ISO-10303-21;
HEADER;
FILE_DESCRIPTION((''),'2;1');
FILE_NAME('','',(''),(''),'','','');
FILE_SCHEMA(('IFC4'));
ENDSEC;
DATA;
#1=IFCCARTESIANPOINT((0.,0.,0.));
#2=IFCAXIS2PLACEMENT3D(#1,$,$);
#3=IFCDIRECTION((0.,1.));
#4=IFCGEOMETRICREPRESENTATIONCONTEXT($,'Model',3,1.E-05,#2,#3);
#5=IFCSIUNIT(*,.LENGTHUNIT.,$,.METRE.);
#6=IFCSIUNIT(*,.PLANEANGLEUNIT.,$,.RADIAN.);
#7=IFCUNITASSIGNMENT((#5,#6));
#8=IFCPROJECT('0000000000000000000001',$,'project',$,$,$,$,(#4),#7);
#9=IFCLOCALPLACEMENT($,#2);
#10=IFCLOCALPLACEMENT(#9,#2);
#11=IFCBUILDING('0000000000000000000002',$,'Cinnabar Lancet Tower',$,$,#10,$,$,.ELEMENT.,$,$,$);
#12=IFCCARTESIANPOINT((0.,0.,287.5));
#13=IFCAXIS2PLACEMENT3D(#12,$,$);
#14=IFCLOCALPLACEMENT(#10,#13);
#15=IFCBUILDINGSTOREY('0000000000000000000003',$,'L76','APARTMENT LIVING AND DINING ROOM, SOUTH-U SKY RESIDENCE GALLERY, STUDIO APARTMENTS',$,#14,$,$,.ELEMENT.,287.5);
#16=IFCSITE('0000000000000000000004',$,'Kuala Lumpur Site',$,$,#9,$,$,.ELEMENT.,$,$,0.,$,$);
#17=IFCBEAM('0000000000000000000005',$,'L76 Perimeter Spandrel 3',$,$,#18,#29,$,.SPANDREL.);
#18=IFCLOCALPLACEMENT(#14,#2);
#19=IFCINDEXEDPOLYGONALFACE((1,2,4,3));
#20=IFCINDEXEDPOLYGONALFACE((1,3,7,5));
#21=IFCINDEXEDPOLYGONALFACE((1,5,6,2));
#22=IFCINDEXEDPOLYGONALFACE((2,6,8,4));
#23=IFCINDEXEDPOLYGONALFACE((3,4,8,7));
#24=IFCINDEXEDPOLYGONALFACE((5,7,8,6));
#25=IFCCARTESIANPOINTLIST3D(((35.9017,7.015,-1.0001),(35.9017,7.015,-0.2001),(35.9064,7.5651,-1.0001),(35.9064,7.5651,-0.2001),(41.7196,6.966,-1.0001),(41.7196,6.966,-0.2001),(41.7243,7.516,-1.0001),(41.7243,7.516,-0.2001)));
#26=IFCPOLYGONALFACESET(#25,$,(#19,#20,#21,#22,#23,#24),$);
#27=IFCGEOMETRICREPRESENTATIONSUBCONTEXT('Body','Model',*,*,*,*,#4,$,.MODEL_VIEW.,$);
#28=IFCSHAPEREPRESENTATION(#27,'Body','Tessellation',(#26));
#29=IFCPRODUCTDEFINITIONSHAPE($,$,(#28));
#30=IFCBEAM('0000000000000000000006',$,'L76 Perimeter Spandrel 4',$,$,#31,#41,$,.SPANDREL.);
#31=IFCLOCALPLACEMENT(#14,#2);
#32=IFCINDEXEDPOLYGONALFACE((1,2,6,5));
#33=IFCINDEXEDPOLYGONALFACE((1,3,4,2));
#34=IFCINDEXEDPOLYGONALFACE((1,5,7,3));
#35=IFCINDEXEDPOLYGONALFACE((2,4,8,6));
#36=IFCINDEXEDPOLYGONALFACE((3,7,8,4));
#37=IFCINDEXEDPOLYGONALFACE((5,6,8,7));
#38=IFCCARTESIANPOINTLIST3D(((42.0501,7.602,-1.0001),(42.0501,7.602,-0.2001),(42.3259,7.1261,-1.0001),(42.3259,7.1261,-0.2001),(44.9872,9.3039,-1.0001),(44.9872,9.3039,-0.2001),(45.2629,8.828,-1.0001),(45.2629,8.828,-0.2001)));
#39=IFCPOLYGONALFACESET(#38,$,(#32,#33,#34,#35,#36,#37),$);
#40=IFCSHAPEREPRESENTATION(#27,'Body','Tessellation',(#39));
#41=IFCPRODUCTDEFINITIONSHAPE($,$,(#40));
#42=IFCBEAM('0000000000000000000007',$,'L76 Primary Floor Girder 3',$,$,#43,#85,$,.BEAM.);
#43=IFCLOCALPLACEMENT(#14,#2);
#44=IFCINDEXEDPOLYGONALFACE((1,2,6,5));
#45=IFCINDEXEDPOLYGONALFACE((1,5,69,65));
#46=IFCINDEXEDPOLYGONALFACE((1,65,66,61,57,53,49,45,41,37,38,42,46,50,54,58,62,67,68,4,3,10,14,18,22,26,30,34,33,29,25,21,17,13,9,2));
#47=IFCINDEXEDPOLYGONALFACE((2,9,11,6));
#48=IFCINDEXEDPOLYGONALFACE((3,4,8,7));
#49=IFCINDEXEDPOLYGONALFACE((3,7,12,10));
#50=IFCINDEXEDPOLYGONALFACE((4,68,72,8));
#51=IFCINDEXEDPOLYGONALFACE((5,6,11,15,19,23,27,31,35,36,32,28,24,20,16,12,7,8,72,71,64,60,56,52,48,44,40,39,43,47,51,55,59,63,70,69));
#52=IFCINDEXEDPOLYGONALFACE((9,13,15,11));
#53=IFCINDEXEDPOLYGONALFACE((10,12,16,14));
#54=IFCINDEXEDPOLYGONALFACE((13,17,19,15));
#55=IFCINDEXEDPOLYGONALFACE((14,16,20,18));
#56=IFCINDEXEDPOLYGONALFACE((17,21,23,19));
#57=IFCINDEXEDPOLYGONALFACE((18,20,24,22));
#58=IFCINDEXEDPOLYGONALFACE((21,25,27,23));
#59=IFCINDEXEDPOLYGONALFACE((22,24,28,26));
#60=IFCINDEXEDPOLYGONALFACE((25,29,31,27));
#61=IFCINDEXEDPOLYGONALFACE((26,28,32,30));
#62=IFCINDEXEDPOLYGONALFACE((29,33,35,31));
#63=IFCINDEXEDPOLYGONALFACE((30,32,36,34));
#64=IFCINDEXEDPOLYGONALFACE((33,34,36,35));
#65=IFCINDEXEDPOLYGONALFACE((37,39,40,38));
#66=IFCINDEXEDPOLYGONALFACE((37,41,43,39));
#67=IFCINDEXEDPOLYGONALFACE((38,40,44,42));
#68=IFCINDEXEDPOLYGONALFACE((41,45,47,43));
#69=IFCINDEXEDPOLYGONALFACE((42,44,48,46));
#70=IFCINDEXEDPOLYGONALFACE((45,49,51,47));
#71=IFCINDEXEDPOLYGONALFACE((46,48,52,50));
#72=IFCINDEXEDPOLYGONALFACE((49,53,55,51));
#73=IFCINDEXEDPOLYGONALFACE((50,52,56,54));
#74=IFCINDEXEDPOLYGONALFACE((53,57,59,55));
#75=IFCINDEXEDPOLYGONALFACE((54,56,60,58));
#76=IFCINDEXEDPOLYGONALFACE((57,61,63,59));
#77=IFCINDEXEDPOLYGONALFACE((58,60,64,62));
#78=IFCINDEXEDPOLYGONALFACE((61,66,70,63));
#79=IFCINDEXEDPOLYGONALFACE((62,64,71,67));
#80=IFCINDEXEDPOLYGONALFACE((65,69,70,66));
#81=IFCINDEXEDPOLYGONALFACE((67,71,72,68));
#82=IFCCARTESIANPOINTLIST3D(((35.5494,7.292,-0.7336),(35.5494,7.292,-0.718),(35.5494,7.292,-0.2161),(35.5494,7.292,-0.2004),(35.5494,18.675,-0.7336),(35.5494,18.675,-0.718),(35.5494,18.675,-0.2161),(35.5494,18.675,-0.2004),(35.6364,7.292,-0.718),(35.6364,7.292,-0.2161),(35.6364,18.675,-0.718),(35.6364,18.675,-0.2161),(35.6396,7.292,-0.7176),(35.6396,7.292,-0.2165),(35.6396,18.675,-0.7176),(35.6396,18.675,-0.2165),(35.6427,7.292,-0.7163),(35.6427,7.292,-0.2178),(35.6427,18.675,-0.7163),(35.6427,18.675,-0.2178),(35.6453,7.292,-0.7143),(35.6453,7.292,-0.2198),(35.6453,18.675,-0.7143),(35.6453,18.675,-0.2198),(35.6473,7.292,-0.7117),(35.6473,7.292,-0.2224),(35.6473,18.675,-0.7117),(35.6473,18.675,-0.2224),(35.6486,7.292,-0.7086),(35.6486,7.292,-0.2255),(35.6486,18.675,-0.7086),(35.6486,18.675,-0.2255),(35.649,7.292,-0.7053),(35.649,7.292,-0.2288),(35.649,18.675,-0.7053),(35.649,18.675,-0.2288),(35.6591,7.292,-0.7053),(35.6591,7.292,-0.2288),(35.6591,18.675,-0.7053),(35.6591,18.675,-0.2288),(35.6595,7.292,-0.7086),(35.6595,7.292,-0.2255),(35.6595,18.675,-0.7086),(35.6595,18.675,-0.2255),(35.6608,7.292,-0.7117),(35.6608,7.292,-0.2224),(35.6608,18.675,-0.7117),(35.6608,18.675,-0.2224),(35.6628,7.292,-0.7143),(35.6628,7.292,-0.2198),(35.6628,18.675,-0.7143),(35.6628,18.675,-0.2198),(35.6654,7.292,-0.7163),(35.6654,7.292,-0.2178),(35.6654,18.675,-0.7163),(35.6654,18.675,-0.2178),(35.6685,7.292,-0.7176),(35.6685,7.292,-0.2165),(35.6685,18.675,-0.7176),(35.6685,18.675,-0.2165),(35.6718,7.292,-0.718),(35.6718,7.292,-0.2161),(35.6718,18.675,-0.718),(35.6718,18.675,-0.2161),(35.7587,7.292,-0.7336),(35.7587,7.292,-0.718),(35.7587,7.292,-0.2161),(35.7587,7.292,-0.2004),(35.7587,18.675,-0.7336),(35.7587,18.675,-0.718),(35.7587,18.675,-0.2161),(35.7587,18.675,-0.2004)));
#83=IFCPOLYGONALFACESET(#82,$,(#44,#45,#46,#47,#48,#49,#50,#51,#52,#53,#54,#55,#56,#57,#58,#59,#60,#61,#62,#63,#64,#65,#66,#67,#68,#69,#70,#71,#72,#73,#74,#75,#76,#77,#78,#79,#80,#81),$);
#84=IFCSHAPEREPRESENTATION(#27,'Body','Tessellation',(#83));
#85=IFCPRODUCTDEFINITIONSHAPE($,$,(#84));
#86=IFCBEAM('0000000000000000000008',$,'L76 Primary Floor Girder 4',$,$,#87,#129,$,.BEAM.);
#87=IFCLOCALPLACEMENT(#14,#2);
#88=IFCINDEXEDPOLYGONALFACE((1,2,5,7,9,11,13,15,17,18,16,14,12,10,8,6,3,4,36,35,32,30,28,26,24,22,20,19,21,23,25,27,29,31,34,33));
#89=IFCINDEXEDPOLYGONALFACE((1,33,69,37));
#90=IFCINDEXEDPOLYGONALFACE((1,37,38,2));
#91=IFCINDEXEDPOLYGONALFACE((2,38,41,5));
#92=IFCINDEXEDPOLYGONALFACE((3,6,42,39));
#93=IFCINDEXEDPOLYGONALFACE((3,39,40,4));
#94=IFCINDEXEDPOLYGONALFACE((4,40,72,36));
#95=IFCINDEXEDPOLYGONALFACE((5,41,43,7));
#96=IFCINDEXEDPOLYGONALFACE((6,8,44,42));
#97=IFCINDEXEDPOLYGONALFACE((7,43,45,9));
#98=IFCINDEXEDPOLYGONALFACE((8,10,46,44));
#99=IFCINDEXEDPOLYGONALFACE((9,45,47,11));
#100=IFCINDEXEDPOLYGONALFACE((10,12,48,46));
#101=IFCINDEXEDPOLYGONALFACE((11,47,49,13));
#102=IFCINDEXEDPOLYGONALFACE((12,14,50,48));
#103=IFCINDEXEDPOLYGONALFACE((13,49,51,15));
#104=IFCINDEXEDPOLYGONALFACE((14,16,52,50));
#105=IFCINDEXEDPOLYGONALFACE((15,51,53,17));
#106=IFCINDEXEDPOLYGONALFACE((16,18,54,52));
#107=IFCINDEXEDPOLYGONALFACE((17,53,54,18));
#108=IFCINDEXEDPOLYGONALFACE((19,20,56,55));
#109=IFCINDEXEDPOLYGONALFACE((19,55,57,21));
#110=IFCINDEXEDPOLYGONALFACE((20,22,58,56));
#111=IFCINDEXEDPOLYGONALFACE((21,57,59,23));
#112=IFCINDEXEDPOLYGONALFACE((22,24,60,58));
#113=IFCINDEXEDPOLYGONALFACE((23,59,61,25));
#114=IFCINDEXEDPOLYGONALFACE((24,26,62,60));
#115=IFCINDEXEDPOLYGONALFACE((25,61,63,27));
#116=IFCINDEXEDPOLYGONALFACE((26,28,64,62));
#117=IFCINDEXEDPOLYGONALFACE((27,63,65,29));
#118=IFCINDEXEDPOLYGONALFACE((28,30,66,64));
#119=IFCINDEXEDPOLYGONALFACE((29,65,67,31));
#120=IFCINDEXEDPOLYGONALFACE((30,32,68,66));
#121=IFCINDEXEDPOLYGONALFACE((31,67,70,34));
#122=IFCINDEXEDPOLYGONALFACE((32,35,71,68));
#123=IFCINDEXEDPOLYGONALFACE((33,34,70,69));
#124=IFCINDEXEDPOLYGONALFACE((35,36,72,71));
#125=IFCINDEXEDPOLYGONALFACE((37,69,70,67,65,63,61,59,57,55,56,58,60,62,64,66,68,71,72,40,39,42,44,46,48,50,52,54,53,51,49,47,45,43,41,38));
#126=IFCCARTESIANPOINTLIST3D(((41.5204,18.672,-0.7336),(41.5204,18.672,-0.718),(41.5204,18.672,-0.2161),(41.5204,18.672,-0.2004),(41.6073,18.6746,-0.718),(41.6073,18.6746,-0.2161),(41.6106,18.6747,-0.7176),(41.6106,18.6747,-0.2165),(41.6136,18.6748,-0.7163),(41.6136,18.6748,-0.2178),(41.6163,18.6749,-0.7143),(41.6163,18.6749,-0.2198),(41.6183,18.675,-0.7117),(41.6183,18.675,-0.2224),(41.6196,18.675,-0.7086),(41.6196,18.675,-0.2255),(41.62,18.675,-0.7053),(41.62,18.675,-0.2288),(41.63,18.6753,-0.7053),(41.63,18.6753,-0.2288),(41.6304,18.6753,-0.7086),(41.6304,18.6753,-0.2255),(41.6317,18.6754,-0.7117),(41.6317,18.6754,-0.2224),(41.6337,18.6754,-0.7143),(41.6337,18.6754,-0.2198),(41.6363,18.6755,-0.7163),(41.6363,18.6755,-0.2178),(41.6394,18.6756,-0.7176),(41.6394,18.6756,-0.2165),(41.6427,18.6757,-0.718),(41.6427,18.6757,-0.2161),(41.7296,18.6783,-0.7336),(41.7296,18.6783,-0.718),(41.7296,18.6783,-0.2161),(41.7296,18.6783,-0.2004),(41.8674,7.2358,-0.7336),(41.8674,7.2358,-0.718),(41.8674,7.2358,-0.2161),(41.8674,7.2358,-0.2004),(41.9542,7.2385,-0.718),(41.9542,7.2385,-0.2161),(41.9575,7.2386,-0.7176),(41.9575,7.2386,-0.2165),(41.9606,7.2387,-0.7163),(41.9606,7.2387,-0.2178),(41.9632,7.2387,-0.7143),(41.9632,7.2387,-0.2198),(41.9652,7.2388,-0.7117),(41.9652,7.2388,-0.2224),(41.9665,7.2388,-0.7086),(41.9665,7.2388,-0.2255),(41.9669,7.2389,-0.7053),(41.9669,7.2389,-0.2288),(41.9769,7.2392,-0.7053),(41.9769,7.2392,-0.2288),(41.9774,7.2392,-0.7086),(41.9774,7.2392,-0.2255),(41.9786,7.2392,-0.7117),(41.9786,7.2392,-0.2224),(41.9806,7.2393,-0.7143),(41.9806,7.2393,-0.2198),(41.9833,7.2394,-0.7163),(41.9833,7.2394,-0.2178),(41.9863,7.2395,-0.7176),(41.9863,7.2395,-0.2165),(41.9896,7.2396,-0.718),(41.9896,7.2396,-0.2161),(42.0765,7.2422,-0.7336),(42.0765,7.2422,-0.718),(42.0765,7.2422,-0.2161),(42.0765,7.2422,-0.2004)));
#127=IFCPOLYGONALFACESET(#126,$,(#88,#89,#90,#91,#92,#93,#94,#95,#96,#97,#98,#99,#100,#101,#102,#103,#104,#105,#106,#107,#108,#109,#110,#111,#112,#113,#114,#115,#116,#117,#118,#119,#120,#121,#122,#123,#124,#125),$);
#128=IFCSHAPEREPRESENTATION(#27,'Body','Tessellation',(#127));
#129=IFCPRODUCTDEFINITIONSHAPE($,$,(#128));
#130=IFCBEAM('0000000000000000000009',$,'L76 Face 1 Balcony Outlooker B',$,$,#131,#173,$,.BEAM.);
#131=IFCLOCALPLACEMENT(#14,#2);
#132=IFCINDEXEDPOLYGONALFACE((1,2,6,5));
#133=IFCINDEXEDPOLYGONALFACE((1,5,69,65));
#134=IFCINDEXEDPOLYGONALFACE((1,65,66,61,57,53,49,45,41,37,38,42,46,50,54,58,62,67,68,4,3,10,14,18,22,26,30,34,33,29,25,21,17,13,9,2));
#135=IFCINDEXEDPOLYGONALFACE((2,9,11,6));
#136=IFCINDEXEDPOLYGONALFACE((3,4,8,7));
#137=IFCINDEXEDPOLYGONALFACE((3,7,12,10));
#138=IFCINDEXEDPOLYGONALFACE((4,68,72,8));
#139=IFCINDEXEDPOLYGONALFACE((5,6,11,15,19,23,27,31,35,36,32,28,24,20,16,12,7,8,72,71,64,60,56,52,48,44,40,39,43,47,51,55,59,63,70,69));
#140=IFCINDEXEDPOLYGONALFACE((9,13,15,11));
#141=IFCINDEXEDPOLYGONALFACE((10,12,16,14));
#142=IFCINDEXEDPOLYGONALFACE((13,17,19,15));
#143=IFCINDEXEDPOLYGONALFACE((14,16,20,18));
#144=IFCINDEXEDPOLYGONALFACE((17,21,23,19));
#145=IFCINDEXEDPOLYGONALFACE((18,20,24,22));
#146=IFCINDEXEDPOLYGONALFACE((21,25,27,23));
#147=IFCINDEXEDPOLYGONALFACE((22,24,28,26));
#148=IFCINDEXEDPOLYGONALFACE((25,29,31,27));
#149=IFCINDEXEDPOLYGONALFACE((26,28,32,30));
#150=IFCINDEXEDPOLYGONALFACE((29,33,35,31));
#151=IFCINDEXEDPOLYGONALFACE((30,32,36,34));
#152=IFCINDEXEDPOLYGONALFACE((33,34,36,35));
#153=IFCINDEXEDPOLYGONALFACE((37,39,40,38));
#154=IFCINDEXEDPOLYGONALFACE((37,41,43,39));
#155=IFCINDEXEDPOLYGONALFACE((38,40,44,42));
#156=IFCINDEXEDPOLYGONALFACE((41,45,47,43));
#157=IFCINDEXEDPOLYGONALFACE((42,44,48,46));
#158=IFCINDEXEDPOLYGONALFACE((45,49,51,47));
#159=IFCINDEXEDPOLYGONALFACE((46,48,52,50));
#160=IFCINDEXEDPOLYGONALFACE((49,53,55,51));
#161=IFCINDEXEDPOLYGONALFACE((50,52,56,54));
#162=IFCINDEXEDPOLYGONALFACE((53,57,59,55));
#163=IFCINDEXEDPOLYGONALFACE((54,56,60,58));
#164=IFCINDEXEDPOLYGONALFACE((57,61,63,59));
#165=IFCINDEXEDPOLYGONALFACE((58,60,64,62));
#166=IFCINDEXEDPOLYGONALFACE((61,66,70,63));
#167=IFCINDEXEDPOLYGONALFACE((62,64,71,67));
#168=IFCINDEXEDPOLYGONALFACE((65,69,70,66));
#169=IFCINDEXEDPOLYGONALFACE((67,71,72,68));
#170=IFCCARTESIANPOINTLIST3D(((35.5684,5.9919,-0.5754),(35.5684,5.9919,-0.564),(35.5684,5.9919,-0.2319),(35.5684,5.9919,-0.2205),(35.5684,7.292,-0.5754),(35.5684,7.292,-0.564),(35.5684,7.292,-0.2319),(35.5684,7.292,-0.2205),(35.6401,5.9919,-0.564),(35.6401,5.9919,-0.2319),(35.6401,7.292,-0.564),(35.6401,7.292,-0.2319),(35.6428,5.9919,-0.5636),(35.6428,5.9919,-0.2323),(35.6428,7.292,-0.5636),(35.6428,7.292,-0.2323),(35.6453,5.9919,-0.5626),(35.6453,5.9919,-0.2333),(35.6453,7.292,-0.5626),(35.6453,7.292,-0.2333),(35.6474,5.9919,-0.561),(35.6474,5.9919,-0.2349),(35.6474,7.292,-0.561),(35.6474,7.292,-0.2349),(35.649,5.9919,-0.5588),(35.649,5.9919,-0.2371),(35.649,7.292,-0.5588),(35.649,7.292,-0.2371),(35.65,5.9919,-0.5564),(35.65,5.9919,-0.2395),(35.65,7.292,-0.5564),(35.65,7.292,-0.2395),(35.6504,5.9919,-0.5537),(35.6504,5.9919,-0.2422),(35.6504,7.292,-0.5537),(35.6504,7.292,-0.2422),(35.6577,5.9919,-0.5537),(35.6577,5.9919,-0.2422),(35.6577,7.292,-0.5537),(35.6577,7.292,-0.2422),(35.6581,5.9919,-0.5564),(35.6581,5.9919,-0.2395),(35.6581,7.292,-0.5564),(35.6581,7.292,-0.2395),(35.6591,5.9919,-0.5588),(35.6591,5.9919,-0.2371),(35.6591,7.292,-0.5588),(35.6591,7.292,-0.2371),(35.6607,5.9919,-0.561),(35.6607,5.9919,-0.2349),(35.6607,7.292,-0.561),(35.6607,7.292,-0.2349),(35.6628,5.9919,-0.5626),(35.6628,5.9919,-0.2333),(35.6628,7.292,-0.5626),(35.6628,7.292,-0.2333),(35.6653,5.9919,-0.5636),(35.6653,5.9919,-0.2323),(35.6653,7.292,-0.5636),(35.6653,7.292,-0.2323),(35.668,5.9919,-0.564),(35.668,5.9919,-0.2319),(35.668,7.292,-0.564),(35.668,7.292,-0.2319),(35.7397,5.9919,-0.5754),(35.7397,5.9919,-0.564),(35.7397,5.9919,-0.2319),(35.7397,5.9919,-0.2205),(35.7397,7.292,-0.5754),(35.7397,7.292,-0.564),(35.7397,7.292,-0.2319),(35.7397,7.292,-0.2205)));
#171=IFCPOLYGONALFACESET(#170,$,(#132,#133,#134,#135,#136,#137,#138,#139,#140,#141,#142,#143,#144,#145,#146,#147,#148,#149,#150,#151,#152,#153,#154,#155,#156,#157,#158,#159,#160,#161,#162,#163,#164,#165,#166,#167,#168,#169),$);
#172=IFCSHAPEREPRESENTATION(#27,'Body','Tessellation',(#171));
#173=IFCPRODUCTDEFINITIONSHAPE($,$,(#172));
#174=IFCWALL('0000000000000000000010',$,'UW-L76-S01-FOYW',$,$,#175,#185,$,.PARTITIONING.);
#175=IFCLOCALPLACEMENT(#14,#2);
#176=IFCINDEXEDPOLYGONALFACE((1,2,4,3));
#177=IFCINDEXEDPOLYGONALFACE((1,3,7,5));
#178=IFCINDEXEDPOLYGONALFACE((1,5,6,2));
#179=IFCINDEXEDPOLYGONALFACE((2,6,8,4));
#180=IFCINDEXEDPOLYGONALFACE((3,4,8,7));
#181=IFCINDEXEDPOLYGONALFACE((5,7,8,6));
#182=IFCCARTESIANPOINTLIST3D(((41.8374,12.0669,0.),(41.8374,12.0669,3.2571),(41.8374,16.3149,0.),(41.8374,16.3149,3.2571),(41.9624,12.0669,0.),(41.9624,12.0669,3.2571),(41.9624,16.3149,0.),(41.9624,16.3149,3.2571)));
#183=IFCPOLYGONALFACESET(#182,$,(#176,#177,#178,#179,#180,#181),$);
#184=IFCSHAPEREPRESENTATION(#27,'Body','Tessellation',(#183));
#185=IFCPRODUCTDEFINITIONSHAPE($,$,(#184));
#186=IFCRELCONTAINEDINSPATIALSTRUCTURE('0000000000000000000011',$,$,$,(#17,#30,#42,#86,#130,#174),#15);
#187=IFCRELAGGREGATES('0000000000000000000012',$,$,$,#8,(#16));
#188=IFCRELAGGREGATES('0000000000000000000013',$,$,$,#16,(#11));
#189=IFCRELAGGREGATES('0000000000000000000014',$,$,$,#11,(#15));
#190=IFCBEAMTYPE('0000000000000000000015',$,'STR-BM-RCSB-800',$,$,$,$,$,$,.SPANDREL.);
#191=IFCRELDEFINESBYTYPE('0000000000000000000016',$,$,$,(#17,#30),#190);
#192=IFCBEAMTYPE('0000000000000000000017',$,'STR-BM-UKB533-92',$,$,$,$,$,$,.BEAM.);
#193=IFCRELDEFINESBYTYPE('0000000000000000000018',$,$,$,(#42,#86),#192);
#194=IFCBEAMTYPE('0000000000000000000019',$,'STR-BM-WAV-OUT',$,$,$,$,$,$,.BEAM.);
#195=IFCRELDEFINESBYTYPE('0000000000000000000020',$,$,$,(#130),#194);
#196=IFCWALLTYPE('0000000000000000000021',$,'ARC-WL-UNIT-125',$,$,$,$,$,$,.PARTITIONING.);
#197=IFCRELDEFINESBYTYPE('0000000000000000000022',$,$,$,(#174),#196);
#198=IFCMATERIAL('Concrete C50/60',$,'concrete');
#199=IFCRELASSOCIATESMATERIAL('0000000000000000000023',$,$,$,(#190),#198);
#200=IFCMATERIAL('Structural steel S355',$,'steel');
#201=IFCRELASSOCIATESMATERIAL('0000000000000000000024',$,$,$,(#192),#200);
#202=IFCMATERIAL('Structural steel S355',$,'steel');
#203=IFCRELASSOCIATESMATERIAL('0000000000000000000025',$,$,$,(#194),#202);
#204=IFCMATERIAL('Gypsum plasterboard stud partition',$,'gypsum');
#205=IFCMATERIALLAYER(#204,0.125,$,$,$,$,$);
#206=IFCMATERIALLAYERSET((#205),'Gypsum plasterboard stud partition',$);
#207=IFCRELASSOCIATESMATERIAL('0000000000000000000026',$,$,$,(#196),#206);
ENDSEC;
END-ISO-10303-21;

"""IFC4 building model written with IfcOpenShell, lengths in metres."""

from ifc_helpers import new_model, si_unit, direction, frame, frame_2d, origin, origin_2d, place, context, subcontext, project, spatial, rectangle, i_section, extrude, material, layer, layer_set, material_profile, profile_set, type_object, element, save


model = new_model("IFC4")

# Units and contexts
model_context = context("Model", 3, precision=1e-05, world=origin(), true_north=direction((0.0, 1.0)))
body_context = subcontext(model_context, "Body", "Model", "MODEL_VIEW")
ifc_project = project(units=[si_unit("LENGTHUNIT", "METRE"), si_unit("PLANEANGLEUNIT", "RADIAN")], contexts=[model_context])

# Site, building, storey
site_placement = place(None, origin())
site = spatial("IfcSite", under=ifc_project, at=site_placement, Name="Kuala Lumpur Site", CompositionType="ELEMENT", RefElevation=0.0)
building_placement = place(site_placement, origin())
building = spatial("IfcBuilding", under=site, at=building_placement, Name="Cinnabar Lancet Tower", CompositionType="ELEMENT")
storey_placement = place(building_placement, frame((0.0, 0.0, 287.5)))
storey = spatial("IfcBuildingStorey", under=building, at=storey_placement, Name="L76", Description="APARTMENT LIVING AND DINING ROOM, SOUTH-U SKY RESIDENCE GALLERY, STUDIO APARTMENTS", CompositionType="ELEMENT", Elevation=287.5)

# Beams
ifc_material_1 = material(Name="Concrete C50/60", Category="concrete")
ifc_material_profile_1 = material_profile(ifc_material_1, rectangle(XDim=0.55, YDim=0.8, at=origin_2d()), Name="RC-SB 550x800")
ifc_profile_set_1 = profile_set([ifc_material_profile_1], Name="Concrete C50/60")
beam_type_1 = type_object("IfcBeamType", Name="STR-BM-RCSB-800", PredefinedType="SPANDREL", material=ifc_profile_set_1)
beam_1_placement = place(storey_placement, frame((35.9041, 7.29, -0.6001), z_axis=(0.999964, -0.008434, 0.0), x_axis=(0.008434, 0.999964, 0.0)))
element("IfcBeam", 1, at=beam_1_placement, inside=storey, type_object=beam_type_1, Name="L76 Perimeter Spandrel 3", PredefinedType="SPANDREL", context=body_context, shape_type="SweptSolid", body=[
    extrude(rectangle(XDim=0.55, YDim=0.8, at=origin_2d()), origin(), (0.0, 0.0, 1.0), 5.8181),
])
beam_2_placement = place(storey_placement, frame((42.188, 7.364, -0.6001), z_axis=(0.865231, 0.501374, 0.0), x_axis=(-0.501374, 0.865231, 0.0)))
element("IfcBeam", 2, at=beam_2_placement, inside=storey, type_object=beam_type_1, Name="L76 Perimeter Spandrel 4", PredefinedType="SPANDREL", context=body_context, shape_type="SweptSolid", body=[
    extrude(rectangle(XDim=0.55, YDim=0.8, at=origin_2d()), origin(), (0.0, 0.0, 1.0), 3.3945),
])
ifc_material_2 = material(Name="Structural steel S355", Category="steel")
ifc_material_profile_2 = material_profile(ifc_material_2, i_section(OverallWidth=0.2092, OverallDepth=0.5332, WebThickness=0.01, FlangeThickness=0.0156, FilletRadius=0.0127, at=origin_2d()), Name="UKB 533x210x92")
ifc_profile_set_2 = profile_set([ifc_material_profile_2], Name="Structural steel S355")
beam_type_2 = type_object("IfcBeamType", Name="STR-BM-UKB533-92", PredefinedType="BEAM", material=ifc_profile_set_2)
beam_3_placement = place(storey_placement, frame((35.6541, 7.292, -0.467), z_axis=(0.0, 1.0, 0.0), x_axis=(-1.0, 0.0, 0.0)))
element("IfcBeam", 3, at=beam_3_placement, inside=storey, type_object=beam_type_2, Name="L76 Primary Floor Girder 3", PredefinedType="BEAM", context=body_context, shape_type="SweptSolid", body=[
    extrude(i_section(OverallWidth=0.2092, OverallDepth=0.5332, WebThickness=0.01, FlangeThickness=0.0156, FilletRadius=0.0127, at=origin_2d()), origin(), (0.0, 0.0, 1.0), 11.3831),
])
beam_4_placement = place(storey_placement, frame((41.9719, 7.239, -0.467), z_axis=(-0.030322, 0.99954, 0.0), x_axis=(-0.99954, -0.030322, 0.0)))
element("IfcBeam", 4, at=beam_4_placement, inside=storey, type_object=beam_type_2, Name="L76 Primary Floor Girder 4", PredefinedType="BEAM", context=body_context, shape_type="SweptSolid", body=[
    extrude(i_section(OverallWidth=0.2092, OverallDepth=0.5332, WebThickness=0.01, FlangeThickness=0.0156, FilletRadius=0.0127, at=origin_2d()), origin(), (0.0, 0.0, 1.0), 11.4414),
])
ifc_material_3 = material(Name="Structural steel S355", Category="steel")
ifc_material_profile_3 = material_profile(ifc_material_3, i_section(OverallWidth=0.1714, OverallDepth=0.355, WebThickness=0.0073, FlangeThickness=0.0115, FilletRadius=0.0103, at=origin_2d()), Name="UKB 356x171x51")
ifc_profile_set_3 = profile_set([ifc_material_profile_3], Name="Structural steel S355")
beam_type_3 = type_object("IfcBeamType", Name="STR-BM-WAV-OUT", PredefinedType="BEAM", material=ifc_profile_set_3)
beam_5_placement = place(storey_placement, frame((35.6541, 7.292, -0.3979), z_axis=(0.0, -1.0, 0.0), x_axis=(1.0, 0.0, 0.0)))
element("IfcBeam", 5, at=beam_5_placement, inside=storey, type_object=beam_type_3, Name="L76 Face 1 Balcony Outlooker B", PredefinedType="BEAM", context=body_context, shape_type="SweptSolid", body=[
    extrude(i_section(OverallWidth=0.1714, OverallDepth=0.355, WebThickness=0.0073, FlangeThickness=0.0115, FilletRadius=0.0103, at=origin_2d()), origin(), (0.0, 0.0, 1.0), 1.3),
])

# Wall
ifc_material_4 = material(Name="Gypsum plasterboard stud partition", Category="gypsum")
ifc_layer_1 = layer(ifc_material_4, 0.125)
ifc_layer_set_1 = layer_set([ifc_layer_1], Name="Gypsum plasterboard stud partition")
wall_type_1 = type_object("IfcWallType", Name="ARC-WL-UNIT-125", PredefinedType="PARTITIONING", material=ifc_layer_set_1)
wall_1_placement = place(storey_placement, frame((41.8999, 12.0669, 0.0), z_axis=(0.0, 0.0, 1.0), x_axis=(0.0, 1.0, 0.0)))
element("IfcWall", 6, at=wall_1_placement, inside=storey, type_object=wall_type_1, Name="UW-L76-S01-FOYW", PredefinedType="PARTITIONING", context=body_context, shape_type="SweptSolid", body=[
    extrude(rectangle(XDim=4.248, YDim=0.125, at=frame_2d((2.124, 0.0))), origin(), (0.0, 0.0, 1.0), 3.2571),
])

save(model, "model.ifc")
